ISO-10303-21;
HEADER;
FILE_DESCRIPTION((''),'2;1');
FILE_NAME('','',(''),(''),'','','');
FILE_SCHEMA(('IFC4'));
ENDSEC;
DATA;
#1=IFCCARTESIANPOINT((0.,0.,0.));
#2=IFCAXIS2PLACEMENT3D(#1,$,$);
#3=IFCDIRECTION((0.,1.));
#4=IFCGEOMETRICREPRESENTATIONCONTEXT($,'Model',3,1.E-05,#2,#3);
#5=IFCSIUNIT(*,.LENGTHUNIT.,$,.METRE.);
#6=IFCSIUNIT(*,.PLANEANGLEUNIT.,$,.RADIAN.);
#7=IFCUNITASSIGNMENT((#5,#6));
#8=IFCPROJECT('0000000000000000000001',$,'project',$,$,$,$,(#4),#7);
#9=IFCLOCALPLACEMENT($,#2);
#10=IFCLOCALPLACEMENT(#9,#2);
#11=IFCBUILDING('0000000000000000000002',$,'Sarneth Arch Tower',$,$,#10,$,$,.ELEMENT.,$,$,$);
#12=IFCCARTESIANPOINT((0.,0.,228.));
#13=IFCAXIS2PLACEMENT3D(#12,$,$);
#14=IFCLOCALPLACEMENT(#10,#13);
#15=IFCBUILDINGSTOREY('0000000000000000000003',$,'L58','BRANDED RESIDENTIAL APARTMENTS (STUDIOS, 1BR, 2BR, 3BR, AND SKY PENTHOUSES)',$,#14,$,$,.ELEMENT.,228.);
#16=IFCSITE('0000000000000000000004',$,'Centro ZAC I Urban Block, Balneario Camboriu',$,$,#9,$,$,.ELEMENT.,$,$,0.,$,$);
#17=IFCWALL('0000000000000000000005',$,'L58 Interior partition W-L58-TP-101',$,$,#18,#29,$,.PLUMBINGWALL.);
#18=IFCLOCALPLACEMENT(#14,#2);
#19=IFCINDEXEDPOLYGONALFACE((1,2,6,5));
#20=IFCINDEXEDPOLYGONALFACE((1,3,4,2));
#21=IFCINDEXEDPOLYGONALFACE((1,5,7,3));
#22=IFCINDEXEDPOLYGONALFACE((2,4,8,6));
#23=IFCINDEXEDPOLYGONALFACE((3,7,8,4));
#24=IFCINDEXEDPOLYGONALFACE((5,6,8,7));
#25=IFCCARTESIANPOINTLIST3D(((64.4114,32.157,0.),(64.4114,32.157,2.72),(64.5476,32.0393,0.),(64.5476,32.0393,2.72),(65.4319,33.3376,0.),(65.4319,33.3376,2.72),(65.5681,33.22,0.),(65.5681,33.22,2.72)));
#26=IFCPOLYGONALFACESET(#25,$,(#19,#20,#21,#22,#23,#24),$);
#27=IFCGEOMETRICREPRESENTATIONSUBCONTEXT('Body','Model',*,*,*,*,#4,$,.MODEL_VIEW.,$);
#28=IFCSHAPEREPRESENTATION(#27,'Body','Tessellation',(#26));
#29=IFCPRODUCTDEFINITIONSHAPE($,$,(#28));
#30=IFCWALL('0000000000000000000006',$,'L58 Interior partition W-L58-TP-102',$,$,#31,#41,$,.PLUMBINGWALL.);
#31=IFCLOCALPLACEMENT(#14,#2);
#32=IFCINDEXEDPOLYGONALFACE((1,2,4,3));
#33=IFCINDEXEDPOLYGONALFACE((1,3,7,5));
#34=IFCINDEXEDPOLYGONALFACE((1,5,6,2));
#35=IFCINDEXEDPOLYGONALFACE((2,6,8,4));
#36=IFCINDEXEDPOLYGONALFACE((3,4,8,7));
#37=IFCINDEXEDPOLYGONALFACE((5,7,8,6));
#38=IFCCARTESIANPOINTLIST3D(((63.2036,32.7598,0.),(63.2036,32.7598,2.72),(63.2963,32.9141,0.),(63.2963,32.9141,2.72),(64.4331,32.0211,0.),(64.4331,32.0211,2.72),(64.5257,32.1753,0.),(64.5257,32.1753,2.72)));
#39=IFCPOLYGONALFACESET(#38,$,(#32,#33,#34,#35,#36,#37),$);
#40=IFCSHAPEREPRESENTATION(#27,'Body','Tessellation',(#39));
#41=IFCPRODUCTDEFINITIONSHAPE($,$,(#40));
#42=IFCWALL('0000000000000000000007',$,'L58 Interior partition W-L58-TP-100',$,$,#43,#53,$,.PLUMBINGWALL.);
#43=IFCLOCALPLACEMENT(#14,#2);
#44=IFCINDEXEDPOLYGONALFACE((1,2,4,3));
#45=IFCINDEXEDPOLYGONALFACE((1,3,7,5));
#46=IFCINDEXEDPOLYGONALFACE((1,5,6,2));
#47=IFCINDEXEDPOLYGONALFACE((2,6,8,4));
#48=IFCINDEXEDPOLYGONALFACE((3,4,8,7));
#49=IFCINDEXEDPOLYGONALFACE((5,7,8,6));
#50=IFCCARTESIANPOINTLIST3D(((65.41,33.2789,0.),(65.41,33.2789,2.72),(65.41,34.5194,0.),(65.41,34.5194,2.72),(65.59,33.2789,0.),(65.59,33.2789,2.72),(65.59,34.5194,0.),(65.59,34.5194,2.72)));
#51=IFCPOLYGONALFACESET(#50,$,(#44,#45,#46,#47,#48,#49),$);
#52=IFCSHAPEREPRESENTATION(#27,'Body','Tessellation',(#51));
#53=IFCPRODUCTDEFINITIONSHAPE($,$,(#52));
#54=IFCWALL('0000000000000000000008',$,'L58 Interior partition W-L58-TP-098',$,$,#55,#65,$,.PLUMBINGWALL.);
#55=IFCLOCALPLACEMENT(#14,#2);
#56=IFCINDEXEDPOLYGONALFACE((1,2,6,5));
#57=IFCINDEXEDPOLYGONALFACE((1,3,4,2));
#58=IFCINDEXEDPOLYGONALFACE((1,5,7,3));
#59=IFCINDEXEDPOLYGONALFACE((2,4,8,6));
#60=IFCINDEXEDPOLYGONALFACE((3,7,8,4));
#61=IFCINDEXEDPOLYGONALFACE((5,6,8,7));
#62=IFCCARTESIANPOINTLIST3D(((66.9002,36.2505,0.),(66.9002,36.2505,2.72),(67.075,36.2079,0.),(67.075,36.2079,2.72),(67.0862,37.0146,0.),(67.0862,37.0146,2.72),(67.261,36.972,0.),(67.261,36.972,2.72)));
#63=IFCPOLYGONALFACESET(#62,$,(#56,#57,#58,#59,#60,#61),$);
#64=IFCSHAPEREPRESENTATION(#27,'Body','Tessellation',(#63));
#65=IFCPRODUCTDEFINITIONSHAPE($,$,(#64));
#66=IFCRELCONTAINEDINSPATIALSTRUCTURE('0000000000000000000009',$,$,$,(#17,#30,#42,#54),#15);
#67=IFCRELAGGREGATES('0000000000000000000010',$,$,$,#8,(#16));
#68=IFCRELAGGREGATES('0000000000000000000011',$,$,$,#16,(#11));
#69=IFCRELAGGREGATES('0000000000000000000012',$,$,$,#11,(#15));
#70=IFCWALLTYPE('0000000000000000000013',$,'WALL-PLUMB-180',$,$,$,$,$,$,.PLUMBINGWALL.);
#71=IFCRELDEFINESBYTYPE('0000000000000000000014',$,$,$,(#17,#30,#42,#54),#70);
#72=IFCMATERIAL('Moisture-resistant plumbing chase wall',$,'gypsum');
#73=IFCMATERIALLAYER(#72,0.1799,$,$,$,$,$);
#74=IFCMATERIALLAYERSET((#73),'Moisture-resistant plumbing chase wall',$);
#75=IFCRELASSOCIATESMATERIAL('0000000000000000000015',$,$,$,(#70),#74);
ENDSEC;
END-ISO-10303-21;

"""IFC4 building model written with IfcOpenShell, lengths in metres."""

from ifc_helpers import new_model, si_unit, direction, frame, frame_2d, origin, place, context, subcontext, project, spatial, rectangle, extrude, material, layer, layer_set, type_object, element, save


model = new_model("IFC4")

# Units and contexts
model_context = context("Model", 3, precision=1e-05, world=origin(), true_north=direction((0.0, 1.0)))
body_context = subcontext(model_context, "Body", "Model", "MODEL_VIEW")
ifc_project = project(units=[si_unit("LENGTHUNIT", "METRE"), si_unit("PLANEANGLEUNIT", "RADIAN")], contexts=[model_context])

# Site, building, storey
site_placement = place(None, origin())
site = spatial("IfcSite", under=ifc_project, at=site_placement, Name="Centro ZAC I Urban Block, Balneario Camboriu", CompositionType="ELEMENT", RefElevation=0.0)
building_placement = place(site_placement, origin())
building = spatial("IfcBuilding", under=site, at=building_placement, Name="Sarneth Arch Tower", CompositionType="ELEMENT")
storey_placement = place(building_placement, frame((0.0, 0.0, 228.0)))
storey = spatial("IfcBuildingStorey", under=building, at=storey_placement, Name="L58", Description="BRANDED RESIDENTIAL APARTMENTS (STUDIOS, 1BR, 2BR, 3BR, AND SKY PENTHOUSES)", CompositionType="ELEMENT", Elevation=228.0)

# Shared definitions
ifc_material_1 = material(Name="Moisture-resistant plumbing chase wall", Category="gypsum")
ifc_layer_1 = layer(ifc_material_1, 0.1799)
ifc_layer_set_1 = layer_set([ifc_layer_1], Name="Moisture-resistant plumbing chase wall")
wall_type_1 = type_object("IfcWallType", Name="WALL-PLUMB-180", PredefinedType="PLUMBINGWALL", material=ifc_layer_set_1)

# Walls
wall_1_placement = place(storey_placement, frame((65.5, 33.2788, 0.0), z_axis=(0.0, 0.0, 1.0), x_axis=(-0.653929, -0.756556, 0.0)))
element("IfcWall", 1, at=wall_1_placement, inside=storey, type_object=wall_type_1, Name="L58 Interior partition W-L58-TP-101", PredefinedType="PLUMBINGWALL", context=body_context, shape_type="SweptSolid", body=[
    extrude(rectangle(XDim=1.5605, YDim=0.1799, at=frame_2d((0.7803, 0.0))), origin(), (0.0, 0.0, 1.0), 2.72),
])
wall_2_placement = place(storey_placement, frame((64.4795, 32.0981, 0.0), z_axis=(0.0, 0.0, 1.0), x_axis=(-0.857162, 0.515046, 0.0)))
element("IfcWall", 2, at=wall_2_placement, inside=storey, type_object=wall_type_1, Name="L58 Interior partition W-L58-TP-102", PredefinedType="PLUMBINGWALL", context=body_context, shape_type="SweptSolid", body=[
    extrude(rectangle(XDim=1.4343, YDim=0.1799, at=frame_2d((0.7173, 0.0))), origin(), (0.0, 0.0, 1.0), 2.72),
])
wall_3_placement = place(storey_placement, frame((65.5, 34.5193, 0.0), z_axis=(0.0, 0.0, 1.0), x_axis=(0.0, -1.0, 0.0)))
element("IfcWall", 3, at=wall_3_placement, inside=storey, type_object=wall_type_1, Name="L58 Interior partition W-L58-TP-100", PredefinedType="PLUMBINGWALL", context=body_context, shape_type="SweptSolid", body=[
    extrude(rectangle(XDim=1.2405, YDim=0.1799, at=frame_2d((0.6201, 0.0))), origin(), (0.0, 0.0, 1.0), 2.72),
])
wall_4_placement = place(storey_placement, frame((67.1736, 36.9932, 0.0), z_axis=(0.0, 0.0, 1.0), x_axis=(-0.236542, -0.971621, 0.0)))
element("IfcWall", 4, at=wall_4_placement, inside=storey, type_object=wall_type_1, Name="L58 Interior partition W-L58-TP-098", PredefinedType="PLUMBINGWALL", context=body_context, shape_type="SweptSolid", body=[
    extrude(rectangle(XDim=0.7864, YDim=0.1799, at=frame_2d((0.3931, 0.0))), origin(), (0.0, 0.0, 1.0), 2.72),
])

save(model, "model.ifc")
